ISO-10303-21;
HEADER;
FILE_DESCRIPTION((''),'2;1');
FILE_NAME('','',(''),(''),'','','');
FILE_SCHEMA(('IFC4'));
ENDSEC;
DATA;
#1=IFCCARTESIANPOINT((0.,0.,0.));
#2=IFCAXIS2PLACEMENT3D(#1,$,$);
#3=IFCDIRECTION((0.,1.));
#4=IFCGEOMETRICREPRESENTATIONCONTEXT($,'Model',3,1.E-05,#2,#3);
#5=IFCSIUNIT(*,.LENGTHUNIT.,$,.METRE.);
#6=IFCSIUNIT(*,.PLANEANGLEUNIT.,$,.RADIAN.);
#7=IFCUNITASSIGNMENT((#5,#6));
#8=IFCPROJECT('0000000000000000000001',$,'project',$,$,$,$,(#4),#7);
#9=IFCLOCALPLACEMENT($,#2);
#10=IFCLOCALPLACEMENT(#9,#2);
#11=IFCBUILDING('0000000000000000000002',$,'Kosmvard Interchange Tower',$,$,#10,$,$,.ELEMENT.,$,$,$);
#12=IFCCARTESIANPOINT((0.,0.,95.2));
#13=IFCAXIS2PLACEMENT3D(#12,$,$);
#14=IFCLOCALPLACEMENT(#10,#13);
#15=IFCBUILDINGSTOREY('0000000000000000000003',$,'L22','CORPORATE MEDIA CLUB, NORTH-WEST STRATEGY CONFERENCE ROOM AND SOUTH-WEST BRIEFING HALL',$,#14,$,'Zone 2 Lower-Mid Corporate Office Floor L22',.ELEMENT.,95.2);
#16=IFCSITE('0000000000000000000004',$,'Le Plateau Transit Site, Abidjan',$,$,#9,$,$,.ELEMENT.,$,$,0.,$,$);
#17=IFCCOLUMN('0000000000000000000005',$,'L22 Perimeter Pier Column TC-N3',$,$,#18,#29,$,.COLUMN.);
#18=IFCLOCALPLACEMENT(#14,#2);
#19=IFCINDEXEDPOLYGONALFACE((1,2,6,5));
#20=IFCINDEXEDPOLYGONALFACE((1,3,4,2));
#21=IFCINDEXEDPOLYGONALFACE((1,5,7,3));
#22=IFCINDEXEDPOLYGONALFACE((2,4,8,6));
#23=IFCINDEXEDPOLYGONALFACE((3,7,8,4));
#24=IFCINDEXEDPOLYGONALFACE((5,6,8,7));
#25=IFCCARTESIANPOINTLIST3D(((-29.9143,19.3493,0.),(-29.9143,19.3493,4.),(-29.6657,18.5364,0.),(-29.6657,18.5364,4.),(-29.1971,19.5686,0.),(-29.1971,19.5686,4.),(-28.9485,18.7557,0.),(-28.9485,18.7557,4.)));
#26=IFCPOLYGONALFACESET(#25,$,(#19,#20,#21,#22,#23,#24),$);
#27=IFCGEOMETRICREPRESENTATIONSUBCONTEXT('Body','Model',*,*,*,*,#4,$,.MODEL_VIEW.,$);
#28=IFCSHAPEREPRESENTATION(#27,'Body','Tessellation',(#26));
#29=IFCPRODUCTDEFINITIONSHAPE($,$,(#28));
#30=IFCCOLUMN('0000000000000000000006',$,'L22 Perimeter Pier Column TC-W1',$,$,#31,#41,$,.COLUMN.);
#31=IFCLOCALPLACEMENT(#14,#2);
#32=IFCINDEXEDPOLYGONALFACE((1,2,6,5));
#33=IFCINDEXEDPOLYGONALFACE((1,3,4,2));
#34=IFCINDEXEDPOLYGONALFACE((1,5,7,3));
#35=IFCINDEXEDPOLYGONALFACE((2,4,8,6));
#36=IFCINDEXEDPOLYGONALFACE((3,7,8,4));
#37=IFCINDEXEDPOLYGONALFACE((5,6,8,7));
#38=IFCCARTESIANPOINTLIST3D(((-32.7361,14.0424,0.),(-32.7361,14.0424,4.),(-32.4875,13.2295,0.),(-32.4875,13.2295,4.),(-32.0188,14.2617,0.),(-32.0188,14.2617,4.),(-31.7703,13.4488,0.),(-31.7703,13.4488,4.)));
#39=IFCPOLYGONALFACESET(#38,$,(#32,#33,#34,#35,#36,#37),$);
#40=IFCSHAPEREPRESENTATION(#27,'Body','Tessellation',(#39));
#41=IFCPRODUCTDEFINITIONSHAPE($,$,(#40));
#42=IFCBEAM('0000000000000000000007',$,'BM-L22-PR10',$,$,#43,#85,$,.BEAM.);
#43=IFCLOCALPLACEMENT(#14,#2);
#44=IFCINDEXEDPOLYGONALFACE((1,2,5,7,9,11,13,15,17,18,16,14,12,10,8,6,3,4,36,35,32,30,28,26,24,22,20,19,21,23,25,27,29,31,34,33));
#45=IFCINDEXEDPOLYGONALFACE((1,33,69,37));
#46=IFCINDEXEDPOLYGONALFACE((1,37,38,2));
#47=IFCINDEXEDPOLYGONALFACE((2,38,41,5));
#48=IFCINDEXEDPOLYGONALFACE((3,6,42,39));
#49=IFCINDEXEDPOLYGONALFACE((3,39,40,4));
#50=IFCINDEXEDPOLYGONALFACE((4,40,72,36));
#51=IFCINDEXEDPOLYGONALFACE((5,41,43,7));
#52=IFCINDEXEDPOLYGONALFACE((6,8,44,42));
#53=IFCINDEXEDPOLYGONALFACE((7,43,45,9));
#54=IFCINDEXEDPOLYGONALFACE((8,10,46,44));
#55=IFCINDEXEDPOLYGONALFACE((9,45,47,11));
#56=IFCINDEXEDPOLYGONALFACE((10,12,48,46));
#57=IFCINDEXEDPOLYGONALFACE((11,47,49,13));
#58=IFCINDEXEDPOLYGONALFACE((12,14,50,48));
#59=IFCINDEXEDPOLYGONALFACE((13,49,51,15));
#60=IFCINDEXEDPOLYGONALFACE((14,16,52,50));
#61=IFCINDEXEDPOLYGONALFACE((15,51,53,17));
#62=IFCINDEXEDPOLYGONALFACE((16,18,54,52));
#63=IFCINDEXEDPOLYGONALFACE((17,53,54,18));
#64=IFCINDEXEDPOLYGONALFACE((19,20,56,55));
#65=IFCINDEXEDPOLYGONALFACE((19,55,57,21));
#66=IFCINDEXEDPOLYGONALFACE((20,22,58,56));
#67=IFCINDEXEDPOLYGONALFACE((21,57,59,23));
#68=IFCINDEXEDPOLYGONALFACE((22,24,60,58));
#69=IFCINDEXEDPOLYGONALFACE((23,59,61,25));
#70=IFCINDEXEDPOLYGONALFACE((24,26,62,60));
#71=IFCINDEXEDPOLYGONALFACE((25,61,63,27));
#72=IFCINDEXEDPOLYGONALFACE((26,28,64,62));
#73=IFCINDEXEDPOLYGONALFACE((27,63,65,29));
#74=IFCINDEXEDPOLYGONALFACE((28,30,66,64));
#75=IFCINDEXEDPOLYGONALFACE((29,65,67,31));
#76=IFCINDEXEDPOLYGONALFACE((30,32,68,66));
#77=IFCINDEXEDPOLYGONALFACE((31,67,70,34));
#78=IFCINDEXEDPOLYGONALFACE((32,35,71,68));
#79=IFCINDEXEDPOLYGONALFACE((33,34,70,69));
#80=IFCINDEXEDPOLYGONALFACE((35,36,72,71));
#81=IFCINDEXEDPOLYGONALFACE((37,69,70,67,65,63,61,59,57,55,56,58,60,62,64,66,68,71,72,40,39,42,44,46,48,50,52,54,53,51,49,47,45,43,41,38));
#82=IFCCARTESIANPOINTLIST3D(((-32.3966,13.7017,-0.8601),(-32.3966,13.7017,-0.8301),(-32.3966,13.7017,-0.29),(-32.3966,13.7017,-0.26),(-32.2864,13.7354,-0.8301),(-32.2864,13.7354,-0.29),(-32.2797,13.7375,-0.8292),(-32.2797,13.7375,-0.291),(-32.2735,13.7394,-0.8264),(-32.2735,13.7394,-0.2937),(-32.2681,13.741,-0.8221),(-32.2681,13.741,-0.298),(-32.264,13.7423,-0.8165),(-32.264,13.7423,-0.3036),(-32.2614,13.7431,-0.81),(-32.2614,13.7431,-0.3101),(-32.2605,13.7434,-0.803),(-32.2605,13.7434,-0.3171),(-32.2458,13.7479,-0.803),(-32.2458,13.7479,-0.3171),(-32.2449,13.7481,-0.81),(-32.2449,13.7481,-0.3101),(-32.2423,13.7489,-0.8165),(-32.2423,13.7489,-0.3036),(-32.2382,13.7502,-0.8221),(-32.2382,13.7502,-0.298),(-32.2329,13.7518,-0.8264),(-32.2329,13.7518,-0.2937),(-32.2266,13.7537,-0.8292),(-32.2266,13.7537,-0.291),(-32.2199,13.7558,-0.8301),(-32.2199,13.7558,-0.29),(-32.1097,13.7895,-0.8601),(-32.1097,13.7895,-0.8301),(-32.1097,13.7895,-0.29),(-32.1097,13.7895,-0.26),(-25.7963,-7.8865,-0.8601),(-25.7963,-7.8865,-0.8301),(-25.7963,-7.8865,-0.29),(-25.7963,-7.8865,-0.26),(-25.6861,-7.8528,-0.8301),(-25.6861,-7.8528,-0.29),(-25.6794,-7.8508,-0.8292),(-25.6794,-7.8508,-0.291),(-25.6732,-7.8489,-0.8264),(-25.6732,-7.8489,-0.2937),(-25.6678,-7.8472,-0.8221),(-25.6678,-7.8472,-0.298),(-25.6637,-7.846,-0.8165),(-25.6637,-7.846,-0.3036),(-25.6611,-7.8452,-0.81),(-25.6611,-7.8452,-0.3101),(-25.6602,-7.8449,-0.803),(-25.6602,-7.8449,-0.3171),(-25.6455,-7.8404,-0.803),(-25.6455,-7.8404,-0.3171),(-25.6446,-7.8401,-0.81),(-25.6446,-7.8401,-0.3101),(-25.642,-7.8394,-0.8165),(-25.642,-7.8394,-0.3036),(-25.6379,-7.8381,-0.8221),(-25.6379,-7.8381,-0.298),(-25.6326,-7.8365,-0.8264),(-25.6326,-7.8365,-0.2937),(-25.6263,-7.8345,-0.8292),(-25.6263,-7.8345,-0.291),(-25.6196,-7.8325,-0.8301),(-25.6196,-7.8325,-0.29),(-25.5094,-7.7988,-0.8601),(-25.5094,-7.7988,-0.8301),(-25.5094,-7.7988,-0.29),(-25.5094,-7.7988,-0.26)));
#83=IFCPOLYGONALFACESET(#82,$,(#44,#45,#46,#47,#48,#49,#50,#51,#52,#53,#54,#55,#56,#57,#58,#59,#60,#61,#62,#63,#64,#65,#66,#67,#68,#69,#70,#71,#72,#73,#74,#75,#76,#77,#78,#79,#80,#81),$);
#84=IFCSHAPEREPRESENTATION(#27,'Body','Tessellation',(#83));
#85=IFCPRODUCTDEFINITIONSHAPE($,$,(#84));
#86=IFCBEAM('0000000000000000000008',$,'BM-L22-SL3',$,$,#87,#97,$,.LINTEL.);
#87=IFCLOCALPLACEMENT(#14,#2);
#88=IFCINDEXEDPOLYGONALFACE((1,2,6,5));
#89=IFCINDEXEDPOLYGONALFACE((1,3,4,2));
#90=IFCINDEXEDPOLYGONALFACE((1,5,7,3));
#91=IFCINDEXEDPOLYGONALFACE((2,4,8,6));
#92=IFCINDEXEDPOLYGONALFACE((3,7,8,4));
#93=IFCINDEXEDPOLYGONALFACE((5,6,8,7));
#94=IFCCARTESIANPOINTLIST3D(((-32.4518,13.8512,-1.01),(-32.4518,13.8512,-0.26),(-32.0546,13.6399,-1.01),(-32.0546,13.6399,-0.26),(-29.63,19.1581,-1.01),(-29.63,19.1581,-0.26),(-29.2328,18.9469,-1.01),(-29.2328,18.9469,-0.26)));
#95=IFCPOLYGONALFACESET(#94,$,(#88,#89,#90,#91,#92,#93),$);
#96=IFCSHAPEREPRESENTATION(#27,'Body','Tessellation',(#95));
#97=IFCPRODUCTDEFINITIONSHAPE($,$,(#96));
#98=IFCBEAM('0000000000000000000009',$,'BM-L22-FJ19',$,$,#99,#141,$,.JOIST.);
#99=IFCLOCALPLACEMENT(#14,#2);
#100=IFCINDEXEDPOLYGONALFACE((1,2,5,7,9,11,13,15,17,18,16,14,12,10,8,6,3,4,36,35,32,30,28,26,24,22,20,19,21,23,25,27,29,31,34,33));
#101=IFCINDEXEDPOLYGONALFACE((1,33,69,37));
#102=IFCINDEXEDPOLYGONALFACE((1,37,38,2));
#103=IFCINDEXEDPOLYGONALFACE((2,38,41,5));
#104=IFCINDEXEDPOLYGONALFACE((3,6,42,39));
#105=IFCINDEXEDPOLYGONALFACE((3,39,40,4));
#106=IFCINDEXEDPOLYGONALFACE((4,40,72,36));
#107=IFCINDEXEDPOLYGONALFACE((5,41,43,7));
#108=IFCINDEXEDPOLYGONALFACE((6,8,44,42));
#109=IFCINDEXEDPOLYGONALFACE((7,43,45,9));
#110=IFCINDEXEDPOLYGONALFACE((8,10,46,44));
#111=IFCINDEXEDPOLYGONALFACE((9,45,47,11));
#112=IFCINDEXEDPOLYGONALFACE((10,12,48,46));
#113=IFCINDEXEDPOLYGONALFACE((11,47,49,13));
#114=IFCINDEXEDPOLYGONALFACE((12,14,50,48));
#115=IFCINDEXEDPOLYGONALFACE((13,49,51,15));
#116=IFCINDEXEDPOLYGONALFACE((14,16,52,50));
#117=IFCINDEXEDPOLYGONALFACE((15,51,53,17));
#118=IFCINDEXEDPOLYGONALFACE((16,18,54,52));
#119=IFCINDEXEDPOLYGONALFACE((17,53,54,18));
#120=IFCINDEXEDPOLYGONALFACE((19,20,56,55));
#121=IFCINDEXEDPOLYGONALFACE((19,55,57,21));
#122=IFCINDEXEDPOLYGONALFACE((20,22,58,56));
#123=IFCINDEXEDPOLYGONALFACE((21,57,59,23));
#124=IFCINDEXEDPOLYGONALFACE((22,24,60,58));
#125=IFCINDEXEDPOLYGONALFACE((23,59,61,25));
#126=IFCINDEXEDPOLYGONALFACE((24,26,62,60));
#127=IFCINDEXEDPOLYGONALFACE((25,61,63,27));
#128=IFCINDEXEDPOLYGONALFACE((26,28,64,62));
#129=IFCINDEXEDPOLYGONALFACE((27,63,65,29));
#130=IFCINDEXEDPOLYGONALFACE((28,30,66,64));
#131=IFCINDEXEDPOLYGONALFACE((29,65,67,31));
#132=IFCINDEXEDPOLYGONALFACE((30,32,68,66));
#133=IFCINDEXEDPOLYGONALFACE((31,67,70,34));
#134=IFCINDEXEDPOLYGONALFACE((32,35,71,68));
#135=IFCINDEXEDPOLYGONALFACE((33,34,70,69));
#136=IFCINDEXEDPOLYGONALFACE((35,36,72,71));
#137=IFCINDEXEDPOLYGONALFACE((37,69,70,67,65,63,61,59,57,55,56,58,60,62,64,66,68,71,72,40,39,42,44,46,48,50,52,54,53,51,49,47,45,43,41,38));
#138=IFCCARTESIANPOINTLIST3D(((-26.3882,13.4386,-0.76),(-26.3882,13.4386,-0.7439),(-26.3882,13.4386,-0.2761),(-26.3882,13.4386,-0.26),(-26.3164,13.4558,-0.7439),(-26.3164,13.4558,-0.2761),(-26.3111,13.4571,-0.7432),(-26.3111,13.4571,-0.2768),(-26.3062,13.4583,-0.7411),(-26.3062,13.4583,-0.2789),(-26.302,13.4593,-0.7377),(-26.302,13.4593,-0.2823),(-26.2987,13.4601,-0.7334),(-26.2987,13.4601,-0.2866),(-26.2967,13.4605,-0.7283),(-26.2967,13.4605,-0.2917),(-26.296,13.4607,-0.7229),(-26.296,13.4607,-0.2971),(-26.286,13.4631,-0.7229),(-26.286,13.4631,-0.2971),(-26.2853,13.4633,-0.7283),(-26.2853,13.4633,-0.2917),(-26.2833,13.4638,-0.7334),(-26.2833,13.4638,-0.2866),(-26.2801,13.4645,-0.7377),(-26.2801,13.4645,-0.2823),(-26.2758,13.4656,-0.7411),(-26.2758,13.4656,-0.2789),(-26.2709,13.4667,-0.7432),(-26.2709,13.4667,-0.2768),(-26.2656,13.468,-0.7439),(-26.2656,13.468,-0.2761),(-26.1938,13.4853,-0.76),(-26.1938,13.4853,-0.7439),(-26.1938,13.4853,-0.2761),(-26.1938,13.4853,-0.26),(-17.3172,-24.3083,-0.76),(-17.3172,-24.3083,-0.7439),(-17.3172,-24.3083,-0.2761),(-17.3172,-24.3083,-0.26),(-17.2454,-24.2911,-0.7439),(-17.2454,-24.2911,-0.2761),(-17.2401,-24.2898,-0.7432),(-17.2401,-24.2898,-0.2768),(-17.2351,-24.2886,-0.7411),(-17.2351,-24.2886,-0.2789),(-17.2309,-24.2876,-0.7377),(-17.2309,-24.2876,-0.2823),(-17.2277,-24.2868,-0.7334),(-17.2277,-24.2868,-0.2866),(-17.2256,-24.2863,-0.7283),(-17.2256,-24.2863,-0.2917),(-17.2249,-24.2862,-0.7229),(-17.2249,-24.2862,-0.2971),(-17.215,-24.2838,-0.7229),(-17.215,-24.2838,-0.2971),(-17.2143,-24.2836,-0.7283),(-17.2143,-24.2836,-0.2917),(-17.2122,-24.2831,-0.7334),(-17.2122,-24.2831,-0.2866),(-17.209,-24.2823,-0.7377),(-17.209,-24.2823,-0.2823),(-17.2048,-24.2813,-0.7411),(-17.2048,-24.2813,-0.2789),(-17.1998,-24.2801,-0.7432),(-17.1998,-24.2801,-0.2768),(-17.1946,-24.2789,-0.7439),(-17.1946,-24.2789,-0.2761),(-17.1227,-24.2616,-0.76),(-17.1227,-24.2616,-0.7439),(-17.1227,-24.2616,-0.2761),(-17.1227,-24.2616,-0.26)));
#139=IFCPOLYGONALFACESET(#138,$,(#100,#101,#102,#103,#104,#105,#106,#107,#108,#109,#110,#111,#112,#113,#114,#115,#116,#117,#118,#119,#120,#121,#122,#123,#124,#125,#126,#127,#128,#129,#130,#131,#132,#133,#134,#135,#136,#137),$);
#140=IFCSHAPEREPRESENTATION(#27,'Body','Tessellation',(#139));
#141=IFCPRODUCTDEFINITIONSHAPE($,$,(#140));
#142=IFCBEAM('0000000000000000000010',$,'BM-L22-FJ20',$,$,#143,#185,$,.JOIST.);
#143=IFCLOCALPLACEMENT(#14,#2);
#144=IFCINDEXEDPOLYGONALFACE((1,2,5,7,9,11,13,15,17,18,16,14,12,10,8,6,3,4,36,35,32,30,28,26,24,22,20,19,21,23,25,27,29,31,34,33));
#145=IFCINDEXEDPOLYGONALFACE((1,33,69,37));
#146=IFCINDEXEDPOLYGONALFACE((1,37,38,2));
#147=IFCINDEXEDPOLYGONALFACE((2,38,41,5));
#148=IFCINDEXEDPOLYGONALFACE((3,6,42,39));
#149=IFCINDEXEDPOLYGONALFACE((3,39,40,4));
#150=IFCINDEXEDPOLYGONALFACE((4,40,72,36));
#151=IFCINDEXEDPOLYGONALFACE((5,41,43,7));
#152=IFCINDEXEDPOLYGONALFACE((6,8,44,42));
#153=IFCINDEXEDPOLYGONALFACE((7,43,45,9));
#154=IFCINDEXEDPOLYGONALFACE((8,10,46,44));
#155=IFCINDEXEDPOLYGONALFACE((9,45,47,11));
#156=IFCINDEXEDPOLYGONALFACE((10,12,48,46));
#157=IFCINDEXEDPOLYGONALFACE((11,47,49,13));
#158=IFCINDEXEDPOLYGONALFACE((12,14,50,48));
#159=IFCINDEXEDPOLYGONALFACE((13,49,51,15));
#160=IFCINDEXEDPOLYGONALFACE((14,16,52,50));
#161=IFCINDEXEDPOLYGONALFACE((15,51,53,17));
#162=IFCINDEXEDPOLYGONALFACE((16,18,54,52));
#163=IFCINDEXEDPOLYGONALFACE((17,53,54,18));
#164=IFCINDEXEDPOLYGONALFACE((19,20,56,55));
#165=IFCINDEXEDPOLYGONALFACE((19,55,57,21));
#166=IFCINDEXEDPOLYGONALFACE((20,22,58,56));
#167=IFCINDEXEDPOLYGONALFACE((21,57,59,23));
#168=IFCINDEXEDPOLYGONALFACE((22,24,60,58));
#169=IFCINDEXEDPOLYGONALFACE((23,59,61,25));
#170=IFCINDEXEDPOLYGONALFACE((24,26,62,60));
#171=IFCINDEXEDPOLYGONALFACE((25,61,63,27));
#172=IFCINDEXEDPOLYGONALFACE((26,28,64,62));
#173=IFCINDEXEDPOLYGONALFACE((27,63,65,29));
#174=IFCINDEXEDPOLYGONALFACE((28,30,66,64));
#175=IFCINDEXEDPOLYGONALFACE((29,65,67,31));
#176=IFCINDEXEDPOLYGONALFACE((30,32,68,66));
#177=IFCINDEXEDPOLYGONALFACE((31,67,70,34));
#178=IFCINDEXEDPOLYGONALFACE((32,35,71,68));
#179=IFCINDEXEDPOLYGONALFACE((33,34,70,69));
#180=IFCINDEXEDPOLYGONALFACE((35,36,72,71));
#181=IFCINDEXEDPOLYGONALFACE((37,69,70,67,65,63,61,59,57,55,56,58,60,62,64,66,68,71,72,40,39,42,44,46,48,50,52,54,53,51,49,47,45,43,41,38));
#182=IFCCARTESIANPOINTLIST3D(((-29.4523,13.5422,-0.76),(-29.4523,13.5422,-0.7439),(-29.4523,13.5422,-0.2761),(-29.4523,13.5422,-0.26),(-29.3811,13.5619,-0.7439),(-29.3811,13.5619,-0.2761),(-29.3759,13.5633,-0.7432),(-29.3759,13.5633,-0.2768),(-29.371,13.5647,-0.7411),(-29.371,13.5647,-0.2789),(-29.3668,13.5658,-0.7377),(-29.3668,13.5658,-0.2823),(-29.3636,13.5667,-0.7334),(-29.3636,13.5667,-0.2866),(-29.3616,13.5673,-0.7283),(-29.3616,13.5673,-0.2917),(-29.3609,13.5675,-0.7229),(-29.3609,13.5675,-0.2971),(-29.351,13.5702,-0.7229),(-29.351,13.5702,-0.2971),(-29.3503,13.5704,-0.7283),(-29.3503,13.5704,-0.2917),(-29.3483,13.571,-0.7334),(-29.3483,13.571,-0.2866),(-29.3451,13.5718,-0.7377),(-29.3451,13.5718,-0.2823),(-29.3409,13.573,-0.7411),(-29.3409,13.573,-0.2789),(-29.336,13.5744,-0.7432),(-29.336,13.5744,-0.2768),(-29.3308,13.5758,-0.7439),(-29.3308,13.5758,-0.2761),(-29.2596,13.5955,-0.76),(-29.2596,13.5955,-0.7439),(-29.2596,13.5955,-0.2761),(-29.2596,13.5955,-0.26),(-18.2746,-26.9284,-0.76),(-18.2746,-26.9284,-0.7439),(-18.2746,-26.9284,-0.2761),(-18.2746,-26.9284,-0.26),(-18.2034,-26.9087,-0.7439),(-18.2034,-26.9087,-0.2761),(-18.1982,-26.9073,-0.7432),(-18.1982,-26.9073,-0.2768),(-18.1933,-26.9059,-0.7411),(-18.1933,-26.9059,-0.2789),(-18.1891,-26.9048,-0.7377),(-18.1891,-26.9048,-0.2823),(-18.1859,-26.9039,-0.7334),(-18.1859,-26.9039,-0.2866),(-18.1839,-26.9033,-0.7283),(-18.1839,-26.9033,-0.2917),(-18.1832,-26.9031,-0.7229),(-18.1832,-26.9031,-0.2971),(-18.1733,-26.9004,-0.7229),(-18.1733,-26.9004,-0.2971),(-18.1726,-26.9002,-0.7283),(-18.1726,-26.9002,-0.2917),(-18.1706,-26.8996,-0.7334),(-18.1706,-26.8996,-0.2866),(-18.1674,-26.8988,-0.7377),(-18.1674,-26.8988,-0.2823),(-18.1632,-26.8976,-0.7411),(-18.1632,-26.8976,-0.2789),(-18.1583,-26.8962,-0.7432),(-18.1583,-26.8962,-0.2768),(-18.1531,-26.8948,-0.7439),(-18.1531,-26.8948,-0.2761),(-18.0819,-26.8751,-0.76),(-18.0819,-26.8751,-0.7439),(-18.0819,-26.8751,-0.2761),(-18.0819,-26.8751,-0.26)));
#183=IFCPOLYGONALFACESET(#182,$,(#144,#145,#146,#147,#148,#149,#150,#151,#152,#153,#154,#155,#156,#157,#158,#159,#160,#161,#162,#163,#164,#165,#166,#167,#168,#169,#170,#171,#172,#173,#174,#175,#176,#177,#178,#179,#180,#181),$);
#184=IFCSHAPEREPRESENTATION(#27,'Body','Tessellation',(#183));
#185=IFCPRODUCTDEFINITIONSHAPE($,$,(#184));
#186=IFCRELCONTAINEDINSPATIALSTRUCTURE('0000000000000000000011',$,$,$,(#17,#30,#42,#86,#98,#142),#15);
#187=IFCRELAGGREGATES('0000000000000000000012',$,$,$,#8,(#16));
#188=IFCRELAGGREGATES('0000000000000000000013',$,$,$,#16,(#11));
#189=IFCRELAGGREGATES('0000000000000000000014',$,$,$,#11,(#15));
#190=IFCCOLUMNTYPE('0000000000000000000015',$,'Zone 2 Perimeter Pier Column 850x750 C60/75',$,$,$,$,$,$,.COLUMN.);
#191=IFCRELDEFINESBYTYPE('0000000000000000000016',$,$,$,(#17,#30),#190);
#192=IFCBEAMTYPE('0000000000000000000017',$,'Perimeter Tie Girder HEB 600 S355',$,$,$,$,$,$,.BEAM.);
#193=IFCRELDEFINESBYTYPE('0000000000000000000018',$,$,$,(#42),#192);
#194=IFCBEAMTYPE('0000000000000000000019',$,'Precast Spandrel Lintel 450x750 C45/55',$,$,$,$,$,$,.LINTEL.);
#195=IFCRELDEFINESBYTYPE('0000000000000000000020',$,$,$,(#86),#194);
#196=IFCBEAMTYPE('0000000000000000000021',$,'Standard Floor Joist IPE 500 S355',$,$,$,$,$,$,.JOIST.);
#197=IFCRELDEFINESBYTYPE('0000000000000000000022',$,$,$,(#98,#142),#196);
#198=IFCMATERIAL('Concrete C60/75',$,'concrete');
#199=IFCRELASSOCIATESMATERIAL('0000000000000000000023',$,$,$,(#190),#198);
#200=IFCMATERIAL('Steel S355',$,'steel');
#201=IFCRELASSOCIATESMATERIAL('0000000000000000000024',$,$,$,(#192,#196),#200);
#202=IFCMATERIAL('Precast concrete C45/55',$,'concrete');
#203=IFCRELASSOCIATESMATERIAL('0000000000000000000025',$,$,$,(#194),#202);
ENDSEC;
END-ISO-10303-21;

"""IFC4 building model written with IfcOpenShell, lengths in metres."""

from ifc_helpers import new_model, si_unit, direction, frame, origin, origin_2d, place, context, subcontext, project, spatial, rectangle, i_section, extrude, source, transform, mapped, material, material_profile, profile_set, type_object, element, save


model = new_model("IFC4")

# Units and contexts
model_context = context("Model", 3, precision=1e-05, world=origin(), true_north=direction((0.0, 1.0)))
body_context = subcontext(model_context, "Body", "Model", "MODEL_VIEW")
ifc_project = project(units=[si_unit("LENGTHUNIT", "METRE"), si_unit("PLANEANGLEUNIT", "RADIAN")], contexts=[model_context])

# Site, building, storey
site_placement = place(None, origin())
site = spatial("IfcSite", under=ifc_project, at=site_placement, Name="Le Plateau Transit Site, Abidjan", CompositionType="ELEMENT", RefElevation=0.0)
building_placement = place(site_placement, origin())
building = spatial("IfcBuilding", under=site, at=building_placement, Name="Kosmvard Interchange Tower", CompositionType="ELEMENT")
storey_placement = place(building_placement, frame((0.0, 0.0, 95.2)))
storey = spatial("IfcBuildingStorey", under=building, at=storey_placement, Name="L22", Description="CORPORATE MEDIA CLUB, NORTH-WEST STRATEGY CONFERENCE ROOM AND SOUTH-WEST BRIEFING HALL", LongName="Zone 2 Lower-Mid Corporate Office Floor L22", CompositionType="ELEMENT", Elevation=95.2)

# Columns
ifc_material_1 = material(Name="Concrete C60/75", Category="concrete")
ifc_material_profile_1 = material_profile(ifc_material_1, rectangle(XDim=0.75, YDim=0.8501, at=origin_2d()), Name="TC 850x750")
ifc_profile_set_1 = profile_set([ifc_material_profile_1], Name="Concrete C60/75")
column_type = type_object("IfcColumnType", Name="Zone 2 Perimeter Pier Column 850x750 C60/75", PredefinedType="COLUMN", material=ifc_profile_set_1)
shared_shape_1 = source(origin(), body_context, "Body", "SweptSolid", [
    extrude(rectangle(XDim=0.75, YDim=0.8501, at=origin_2d()), origin(), (0.0, 0.0, 1.0), 4.0),
])
for number, where, z_axis, x_axis, name in (
    (1, (-29.4314, 19.0525, 0.0), (0.0, 0.0, 1.0), (0.956305, 0.292372, 0.0), "L22 Perimeter Pier Column TC-N3"),
    (2, (-32.2532, 13.7456, 0.0), (0.0, 0.0, 1.0), (0.956305, 0.292372, 0.0), "L22 Perimeter Pier Column TC-W1"),
):
    element("IfcColumn", number, at=place(storey_placement, frame(where, z_axis=z_axis, x_axis=x_axis)), inside=storey, type_object=column_type, Name=name, PredefinedType="COLUMN", context=body_context, shape_type="MappedRepresentation", body=[
        mapped(shared_shape_1, transform((0.0, 0.0, 0.0), scale=1.0)),
    ])

# Beams
ifc_material_2 = material(Name="Steel S355", Category="steel")
ifc_material_profile_2 = material_profile(ifc_material_2, i_section(OverallWidth=0.3, OverallDepth=0.6001, WebThickness=0.0154, FlangeThickness=0.03, FilletRadius=0.0271, at=origin_2d()), Name="HEB 600")
ifc_profile_set_2 = profile_set([ifc_material_profile_2], Name="Steel S355")
beam_type_1 = type_object("IfcBeamType", Name="Perimeter Tie Girder HEB 600 S355", PredefinedType="BEAM", material=ifc_profile_set_2)
shared_shape_2 = source(origin(), body_context, "Body", "SweptSolid", [
    extrude(i_section(OverallWidth=0.3, OverallDepth=0.6001, WebThickness=0.0154, FlangeThickness=0.03, FilletRadius=0.0271, at=origin_2d()), origin(), (0.0, 0.0, 1.0), 22.5747),
])
beam_1_placement = place(storey_placement, frame((-32.2532, 13.7456, -0.5601), z_axis=(0.292376, -0.956303, 0.0), x_axis=(0.956303, 0.292376, 0.0)))
element("IfcBeam", 3, at=beam_1_placement, inside=storey, type_object=beam_type_1, Name="BM-L22-PR10", PredefinedType="BEAM", context=body_context, shape_type="MappedRepresentation", body=[
    mapped(shared_shape_2, transform((0.0, 0.0, 0.0), scale=1.0)),
])
ifc_material_3 = material(Name="Precast concrete C45/55", Category="concrete")
ifc_material_profile_3 = material_profile(ifc_material_3, rectangle(XDim=0.45, YDim=0.75, at=origin_2d()), Name="SL 450x750")
ifc_profile_set_3 = profile_set([ifc_material_profile_3], Name="Precast concrete C45/55")
beam_type_2 = type_object("IfcBeamType", Name="Precast Spandrel Lintel 450x750 C45/55", PredefinedType="LINTEL", material=ifc_profile_set_3)
shared_shape_3 = source(origin(), body_context, "Body", "SweptSolid", [
    extrude(rectangle(XDim=0.45, YDim=0.75, at=origin_2d()), origin(), (0.0, 0.0, 1.0), 6.0105),
])
beam_2_placement = place(storey_placement, frame((-29.4314, 19.0525, -0.635), z_axis=(-0.469479, -0.882944, 0.0), x_axis=(0.882944, -0.469479, 0.0)))
element("IfcBeam", 4, at=beam_2_placement, inside=storey, type_object=beam_type_2, Name="BM-L22-SL3", PredefinedType="LINTEL", context=body_context, shape_type="MappedRepresentation", body=[
    mapped(shared_shape_3, transform((0.0, 0.0, 0.0), scale=1.0)),
])
ifc_material_profile_4 = material_profile(ifc_material_2, i_section(OverallWidth=0.2, OverallDepth=0.5, WebThickness=0.0103, FlangeThickness=0.0161, FilletRadius=0.021, at=origin_2d()), Name="IPE 500")
ifc_profile_set_4 = profile_set([ifc_material_profile_4], Name="Steel S355")
beam_type_3 = type_object("IfcBeamType", Name="Standard Floor Joist IPE 500 S355", PredefinedType="JOIST", material=ifc_profile_set_4)
shared_shape_4 = source(origin(), body_context, "Body", "SweptSolid", [
    extrude(i_section(OverallWidth=0.2, OverallDepth=0.5, WebThickness=0.0103, FlangeThickness=0.0161, FilletRadius=0.021, at=origin_2d()), origin(), (0.0, 0.0, 1.0), 38.8215),
])
beam_3_placement = place(storey_placement, frame((-26.291, 13.4619, -0.51), z_axis=(0.233661, -0.972318, 0.0), x_axis=(0.972318, 0.233661, 0.0)))
element("IfcBeam", 5, at=beam_3_placement, inside=storey, type_object=beam_type_3, Name="BM-L22-FJ19", PredefinedType="JOIST", context=body_context, shape_type="MappedRepresentation", body=[
    mapped(shared_shape_4, transform((0.0, 0.0, 0.0), scale=1.0)),
])
shared_shape_5 = source(origin(), body_context, "Body", "SweptSolid", [
    extrude(i_section(OverallWidth=0.2, OverallDepth=0.5, WebThickness=0.0103, FlangeThickness=0.0161, FilletRadius=0.021, at=origin_2d()), origin(), (0.0, 0.0, 1.0), 41.9858),
])
beam_4_placement = place(storey_placement, frame((-29.356, 13.5688, -0.51), z_axis=(0.266226, -0.963911, 0.0), x_axis=(0.963911, 0.266226, 0.0)))
element("IfcBeam", 6, at=beam_4_placement, inside=storey, type_object=beam_type_3, Name="BM-L22-FJ20", PredefinedType="JOIST", context=body_context, shape_type="MappedRepresentation", body=[
    mapped(shared_shape_5, transform((0.0, 0.0, 0.0), scale=1.0)),
])

save(model, "model.ifc")
